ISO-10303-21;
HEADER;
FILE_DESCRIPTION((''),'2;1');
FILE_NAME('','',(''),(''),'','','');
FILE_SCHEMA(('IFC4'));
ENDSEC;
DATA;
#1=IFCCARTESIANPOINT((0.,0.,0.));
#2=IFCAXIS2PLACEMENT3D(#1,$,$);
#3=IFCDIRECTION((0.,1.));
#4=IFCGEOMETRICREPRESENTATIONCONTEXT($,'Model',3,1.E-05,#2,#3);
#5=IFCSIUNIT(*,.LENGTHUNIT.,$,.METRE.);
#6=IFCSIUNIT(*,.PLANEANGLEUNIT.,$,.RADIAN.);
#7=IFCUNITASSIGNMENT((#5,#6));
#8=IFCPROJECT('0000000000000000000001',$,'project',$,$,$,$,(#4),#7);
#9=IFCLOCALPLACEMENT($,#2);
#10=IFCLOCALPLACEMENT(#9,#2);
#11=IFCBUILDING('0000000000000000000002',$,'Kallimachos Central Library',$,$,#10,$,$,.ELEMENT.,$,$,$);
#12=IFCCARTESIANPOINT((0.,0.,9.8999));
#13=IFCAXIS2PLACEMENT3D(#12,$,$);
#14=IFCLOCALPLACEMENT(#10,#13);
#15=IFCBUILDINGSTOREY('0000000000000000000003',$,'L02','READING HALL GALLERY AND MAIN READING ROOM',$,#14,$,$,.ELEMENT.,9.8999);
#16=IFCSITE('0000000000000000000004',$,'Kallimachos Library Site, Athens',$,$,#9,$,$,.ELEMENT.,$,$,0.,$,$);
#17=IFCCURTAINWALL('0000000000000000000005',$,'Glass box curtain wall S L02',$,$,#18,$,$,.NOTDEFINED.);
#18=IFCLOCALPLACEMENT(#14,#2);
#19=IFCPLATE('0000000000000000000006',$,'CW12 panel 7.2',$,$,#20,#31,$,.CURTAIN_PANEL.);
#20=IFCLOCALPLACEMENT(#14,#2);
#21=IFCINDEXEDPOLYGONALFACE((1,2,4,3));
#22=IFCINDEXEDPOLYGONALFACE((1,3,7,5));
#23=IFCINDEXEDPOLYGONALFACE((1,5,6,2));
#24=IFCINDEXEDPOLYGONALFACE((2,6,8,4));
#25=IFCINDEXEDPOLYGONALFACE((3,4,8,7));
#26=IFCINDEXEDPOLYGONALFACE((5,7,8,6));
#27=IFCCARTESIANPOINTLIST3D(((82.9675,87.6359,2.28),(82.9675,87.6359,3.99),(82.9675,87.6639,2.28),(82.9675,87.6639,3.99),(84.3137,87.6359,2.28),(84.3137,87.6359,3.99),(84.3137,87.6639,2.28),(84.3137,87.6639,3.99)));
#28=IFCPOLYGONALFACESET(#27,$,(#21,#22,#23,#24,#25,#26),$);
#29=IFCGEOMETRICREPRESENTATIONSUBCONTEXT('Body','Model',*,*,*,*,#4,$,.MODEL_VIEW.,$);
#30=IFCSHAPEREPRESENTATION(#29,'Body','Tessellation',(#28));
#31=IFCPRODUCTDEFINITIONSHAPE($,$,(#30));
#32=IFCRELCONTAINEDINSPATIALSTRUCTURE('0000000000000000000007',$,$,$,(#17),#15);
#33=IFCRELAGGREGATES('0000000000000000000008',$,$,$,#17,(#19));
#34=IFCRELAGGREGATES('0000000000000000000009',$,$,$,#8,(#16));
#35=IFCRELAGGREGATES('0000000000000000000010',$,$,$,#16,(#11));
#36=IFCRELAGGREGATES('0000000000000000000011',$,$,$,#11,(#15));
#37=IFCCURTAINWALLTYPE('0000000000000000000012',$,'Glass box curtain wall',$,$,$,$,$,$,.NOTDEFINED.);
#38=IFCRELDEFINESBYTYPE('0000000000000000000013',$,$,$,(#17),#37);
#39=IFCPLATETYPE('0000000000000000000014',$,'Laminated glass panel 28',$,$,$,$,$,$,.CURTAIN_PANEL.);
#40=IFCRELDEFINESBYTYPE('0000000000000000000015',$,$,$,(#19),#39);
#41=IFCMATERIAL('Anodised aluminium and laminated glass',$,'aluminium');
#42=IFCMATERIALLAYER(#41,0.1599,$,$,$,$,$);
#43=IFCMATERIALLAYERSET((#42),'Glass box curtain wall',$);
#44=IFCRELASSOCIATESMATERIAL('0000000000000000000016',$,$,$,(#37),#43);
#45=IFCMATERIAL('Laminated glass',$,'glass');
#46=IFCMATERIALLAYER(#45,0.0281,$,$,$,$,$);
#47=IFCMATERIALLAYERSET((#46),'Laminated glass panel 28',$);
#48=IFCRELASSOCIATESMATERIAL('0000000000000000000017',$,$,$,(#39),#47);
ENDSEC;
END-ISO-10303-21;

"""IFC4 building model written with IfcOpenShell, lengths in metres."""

from ifc_helpers import new_model, si_unit, direction, frame, origin, origin_2d, place, context, subcontext, project, spatial, rectangle, extrude, material, layer, layer_set, type_object, element, aggregate, save


model = new_model("IFC4")

# Units and contexts
model_context = context("Model", 3, precision=1e-05, world=origin(), true_north=direction((0.0, 1.0)))
body_context = subcontext(model_context, "Body", "Model", "MODEL_VIEW")
ifc_project = project(units=[si_unit("LENGTHUNIT", "METRE"), si_unit("PLANEANGLEUNIT", "RADIAN")], contexts=[model_context])

# Site, building, storey
site_placement = place(None, origin())
site = spatial("IfcSite", under=ifc_project, at=site_placement, Name="Kallimachos Library Site, Athens", CompositionType="ELEMENT", RefElevation=0.0)
building_placement = place(site_placement, origin())
building = spatial("IfcBuilding", under=site, at=building_placement, Name="Kallimachos Central Library", CompositionType="ELEMENT")
storey_placement = place(building_placement, frame((0.0, 0.0, 9.8999)))
storey = spatial("IfcBuildingStorey", under=building, at=storey_placement, Name="L02", Description="READING HALL GALLERY AND MAIN READING ROOM", CompositionType="ELEMENT", Elevation=9.8999)

# Curtain wall
ifc_material_1 = material(Name="Anodised aluminium and laminated glass", Category="aluminium")
ifc_layer_1 = layer(ifc_material_1, 0.1599)
ifc_layer_set_1 = layer_set([ifc_layer_1], Name="Glass box curtain wall")
curtain_wall_type = type_object("IfcCurtainWallType", Name="Glass box curtain wall", PredefinedType="NOTDEFINED", material=ifc_layer_set_1)
curtain_wall_placement = place(storey_placement, origin())
curtain_wall = element("IfcCurtainWall", 1, at=curtain_wall_placement, inside=storey, type_object=curtain_wall_type, Name="Glass box curtain wall S L02", PredefinedType="NOTDEFINED")

# Plate
ifc_material_2 = material(Name="Laminated glass", Category="glass")
ifc_layer_2 = layer(ifc_material_2, 0.0281)
ifc_layer_set_2 = layer_set([ifc_layer_2], Name="Laminated glass panel 28")
plate_type = type_object("IfcPlateType", Name="Laminated glass panel 28", PredefinedType="CURTAIN_PANEL", material=ifc_layer_set_2)
plate_1_placement = place(storey_placement, frame((83.6406, 87.6499, 2.28), z_axis=(0.0, 0.0, 1.0), x_axis=(1.0, 0.0, 0.0)))
plate_1 = element("IfcPlate", 2, at=plate_1_placement, type_object=plate_type, Name="CW12 panel 7.2", PredefinedType="CURTAIN_PANEL", context=body_context, shape_type="SweptSolid", body=[
    extrude(rectangle(XDim=1.3462, YDim=0.0281, at=origin_2d()), origin(), (0.0, 0.0, 1.0), 1.71),
])
aggregate(curtain_wall, [plate_1])

save(model, "model.ifc")
